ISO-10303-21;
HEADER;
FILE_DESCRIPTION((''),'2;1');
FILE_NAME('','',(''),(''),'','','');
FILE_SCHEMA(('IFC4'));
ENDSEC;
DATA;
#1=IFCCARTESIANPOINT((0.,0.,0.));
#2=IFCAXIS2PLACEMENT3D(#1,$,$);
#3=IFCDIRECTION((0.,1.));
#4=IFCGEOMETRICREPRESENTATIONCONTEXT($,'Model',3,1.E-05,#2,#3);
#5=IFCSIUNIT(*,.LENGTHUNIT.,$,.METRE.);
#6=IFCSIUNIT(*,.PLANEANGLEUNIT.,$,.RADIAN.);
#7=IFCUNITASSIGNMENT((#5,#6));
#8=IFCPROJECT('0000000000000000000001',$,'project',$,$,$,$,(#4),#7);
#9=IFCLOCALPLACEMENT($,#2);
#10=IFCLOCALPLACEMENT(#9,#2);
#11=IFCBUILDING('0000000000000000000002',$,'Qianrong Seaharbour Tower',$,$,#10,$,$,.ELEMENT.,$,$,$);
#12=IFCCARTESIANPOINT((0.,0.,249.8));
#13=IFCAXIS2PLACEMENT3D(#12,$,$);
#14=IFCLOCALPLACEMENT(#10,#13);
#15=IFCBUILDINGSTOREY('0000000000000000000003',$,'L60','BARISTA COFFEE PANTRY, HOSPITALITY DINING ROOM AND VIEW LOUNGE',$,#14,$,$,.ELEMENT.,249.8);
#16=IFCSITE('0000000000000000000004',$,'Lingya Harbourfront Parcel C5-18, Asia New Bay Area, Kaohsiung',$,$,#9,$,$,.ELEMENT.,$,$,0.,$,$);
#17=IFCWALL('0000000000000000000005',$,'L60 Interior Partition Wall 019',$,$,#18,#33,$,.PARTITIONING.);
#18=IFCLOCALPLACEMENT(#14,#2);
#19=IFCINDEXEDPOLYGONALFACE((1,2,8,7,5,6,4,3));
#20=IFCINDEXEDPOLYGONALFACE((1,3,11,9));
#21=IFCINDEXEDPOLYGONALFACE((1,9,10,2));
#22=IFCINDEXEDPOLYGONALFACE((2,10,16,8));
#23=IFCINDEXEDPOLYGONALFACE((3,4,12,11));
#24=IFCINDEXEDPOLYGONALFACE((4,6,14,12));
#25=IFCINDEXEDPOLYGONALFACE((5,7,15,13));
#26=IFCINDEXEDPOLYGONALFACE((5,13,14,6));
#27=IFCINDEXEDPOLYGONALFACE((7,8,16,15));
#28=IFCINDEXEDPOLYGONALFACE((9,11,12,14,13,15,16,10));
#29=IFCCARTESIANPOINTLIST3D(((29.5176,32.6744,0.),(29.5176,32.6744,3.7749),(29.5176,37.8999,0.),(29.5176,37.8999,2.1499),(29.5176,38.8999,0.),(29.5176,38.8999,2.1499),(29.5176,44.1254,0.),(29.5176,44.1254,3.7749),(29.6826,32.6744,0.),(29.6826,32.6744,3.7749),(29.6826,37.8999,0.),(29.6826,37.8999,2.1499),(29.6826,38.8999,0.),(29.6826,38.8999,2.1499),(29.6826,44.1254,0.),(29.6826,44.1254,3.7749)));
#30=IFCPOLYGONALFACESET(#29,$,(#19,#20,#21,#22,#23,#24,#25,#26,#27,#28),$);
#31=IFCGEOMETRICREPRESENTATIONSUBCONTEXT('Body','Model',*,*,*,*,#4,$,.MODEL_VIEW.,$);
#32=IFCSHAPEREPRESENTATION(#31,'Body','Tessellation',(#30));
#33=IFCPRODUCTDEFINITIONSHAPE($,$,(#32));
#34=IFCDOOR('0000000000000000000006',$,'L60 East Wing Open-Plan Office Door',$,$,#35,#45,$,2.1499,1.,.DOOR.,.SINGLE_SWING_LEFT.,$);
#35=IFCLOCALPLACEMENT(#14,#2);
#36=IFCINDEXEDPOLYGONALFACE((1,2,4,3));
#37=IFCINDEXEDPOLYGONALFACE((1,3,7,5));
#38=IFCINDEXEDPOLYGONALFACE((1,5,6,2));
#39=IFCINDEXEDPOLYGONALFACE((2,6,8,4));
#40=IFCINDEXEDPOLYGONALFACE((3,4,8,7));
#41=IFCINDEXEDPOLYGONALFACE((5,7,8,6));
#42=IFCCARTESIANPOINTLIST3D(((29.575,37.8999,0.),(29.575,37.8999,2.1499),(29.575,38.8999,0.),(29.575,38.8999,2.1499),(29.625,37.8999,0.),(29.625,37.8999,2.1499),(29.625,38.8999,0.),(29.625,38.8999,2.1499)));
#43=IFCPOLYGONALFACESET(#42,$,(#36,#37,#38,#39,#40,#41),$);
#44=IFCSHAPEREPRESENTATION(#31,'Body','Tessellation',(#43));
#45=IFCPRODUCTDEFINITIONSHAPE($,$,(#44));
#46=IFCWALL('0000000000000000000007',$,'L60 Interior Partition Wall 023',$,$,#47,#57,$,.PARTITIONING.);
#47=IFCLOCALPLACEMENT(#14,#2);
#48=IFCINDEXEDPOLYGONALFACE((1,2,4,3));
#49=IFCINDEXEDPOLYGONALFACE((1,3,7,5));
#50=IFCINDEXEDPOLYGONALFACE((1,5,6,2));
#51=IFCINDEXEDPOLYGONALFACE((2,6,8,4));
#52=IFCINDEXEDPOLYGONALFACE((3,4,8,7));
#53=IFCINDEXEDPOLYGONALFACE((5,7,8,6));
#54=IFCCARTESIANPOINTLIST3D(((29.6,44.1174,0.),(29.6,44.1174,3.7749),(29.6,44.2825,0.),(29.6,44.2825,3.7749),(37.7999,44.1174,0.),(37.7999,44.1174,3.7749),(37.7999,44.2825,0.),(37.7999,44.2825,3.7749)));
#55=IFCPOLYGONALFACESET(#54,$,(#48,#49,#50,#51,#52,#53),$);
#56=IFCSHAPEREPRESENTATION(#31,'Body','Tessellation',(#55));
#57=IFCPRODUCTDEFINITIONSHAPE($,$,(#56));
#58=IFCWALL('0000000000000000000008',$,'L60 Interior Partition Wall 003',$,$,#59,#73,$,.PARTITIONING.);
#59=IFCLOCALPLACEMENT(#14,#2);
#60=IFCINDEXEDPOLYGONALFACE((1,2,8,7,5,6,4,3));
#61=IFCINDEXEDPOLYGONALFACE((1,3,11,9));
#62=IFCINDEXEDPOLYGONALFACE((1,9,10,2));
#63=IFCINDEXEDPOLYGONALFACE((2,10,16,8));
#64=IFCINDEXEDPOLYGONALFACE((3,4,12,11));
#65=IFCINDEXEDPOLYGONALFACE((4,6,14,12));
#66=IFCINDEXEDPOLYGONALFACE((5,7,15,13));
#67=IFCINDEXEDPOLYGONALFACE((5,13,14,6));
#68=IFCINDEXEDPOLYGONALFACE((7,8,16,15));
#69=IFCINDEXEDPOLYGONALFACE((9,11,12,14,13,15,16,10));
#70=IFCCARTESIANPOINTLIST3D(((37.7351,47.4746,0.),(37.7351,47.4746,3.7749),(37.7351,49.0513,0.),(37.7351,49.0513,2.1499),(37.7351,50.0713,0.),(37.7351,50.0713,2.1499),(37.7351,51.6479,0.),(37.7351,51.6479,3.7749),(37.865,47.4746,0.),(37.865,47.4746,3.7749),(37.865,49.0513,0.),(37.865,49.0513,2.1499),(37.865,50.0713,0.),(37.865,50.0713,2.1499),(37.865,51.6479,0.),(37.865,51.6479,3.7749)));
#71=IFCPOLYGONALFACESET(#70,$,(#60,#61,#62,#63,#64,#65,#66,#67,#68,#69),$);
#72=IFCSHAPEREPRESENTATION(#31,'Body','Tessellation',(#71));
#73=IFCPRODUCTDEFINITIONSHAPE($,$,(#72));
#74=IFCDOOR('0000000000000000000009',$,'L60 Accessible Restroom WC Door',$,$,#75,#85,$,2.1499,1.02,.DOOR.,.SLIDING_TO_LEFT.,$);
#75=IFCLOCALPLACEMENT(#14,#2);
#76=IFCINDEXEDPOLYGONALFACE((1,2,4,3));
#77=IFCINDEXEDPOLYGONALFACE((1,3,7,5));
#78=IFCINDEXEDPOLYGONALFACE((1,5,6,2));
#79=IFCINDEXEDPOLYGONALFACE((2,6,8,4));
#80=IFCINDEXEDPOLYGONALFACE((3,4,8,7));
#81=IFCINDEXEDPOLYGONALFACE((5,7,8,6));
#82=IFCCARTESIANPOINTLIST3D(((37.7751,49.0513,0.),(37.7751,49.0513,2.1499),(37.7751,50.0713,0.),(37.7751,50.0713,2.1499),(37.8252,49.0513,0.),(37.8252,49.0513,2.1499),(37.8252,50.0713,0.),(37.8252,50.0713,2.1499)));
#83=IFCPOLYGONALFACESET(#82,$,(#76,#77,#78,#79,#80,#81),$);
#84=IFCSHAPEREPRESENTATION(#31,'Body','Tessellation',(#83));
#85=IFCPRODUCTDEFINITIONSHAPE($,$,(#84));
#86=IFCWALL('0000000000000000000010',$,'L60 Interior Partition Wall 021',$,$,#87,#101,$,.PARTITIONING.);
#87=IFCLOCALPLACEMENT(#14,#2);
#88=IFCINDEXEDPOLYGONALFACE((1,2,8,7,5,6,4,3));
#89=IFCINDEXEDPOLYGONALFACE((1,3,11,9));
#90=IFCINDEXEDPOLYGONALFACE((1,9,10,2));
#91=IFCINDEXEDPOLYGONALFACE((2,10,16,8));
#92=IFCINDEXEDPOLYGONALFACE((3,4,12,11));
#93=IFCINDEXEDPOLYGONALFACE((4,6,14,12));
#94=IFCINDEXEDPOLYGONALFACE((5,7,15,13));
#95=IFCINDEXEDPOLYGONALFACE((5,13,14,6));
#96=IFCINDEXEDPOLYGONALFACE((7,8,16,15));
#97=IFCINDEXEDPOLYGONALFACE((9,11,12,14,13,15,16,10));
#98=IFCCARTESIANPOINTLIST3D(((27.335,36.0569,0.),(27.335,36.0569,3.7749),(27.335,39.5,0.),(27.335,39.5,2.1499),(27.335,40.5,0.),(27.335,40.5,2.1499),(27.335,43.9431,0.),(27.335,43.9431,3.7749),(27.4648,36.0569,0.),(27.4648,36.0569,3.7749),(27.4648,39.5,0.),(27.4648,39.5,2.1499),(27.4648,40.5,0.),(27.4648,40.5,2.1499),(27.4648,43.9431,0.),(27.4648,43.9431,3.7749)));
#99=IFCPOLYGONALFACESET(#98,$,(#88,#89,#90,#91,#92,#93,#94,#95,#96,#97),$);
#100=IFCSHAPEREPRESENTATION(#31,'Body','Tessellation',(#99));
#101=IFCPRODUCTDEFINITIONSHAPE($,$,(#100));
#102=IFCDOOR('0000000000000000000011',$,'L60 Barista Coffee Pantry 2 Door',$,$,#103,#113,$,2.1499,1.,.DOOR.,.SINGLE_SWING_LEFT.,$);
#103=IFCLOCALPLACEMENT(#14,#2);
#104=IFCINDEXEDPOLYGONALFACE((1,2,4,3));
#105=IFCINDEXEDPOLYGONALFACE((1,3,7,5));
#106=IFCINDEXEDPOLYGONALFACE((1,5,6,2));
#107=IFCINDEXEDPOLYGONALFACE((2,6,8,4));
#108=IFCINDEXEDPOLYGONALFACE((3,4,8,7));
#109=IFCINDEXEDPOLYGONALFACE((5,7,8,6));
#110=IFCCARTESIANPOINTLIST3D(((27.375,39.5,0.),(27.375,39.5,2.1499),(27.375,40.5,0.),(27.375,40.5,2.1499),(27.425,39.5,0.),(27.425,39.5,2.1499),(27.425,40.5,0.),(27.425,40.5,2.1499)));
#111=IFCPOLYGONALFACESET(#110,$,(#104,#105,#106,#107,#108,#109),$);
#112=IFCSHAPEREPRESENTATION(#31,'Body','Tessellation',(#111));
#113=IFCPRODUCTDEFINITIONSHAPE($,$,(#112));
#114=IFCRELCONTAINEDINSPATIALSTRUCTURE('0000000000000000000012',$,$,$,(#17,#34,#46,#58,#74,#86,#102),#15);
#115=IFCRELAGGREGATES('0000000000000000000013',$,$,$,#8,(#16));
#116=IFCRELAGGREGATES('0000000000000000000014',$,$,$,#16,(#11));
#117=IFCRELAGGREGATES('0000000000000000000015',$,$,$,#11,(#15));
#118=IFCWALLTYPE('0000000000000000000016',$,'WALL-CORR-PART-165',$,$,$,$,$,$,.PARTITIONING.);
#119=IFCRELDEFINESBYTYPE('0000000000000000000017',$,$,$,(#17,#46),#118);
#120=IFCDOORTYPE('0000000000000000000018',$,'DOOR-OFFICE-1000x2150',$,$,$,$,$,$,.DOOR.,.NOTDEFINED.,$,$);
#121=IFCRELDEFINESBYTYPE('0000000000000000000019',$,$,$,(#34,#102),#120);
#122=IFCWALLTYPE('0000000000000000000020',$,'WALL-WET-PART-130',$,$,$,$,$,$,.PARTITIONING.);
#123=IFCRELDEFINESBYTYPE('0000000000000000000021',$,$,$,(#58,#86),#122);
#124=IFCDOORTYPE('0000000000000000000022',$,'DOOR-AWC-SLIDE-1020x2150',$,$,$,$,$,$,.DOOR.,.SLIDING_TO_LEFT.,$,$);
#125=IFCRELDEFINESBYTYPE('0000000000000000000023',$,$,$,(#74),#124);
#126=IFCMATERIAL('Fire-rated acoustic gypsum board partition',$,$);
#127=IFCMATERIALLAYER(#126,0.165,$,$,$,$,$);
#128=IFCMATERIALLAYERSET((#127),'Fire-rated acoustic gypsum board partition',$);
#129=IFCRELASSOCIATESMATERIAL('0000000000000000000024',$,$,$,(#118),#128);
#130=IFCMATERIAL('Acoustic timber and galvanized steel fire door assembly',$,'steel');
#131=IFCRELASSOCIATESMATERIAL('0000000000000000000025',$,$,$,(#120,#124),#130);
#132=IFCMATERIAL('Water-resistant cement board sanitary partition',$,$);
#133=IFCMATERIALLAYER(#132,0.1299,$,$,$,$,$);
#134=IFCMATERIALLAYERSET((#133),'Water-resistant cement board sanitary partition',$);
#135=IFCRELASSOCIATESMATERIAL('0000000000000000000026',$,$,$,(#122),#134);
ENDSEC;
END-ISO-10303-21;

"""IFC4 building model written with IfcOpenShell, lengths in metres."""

from ifc_helpers import new_model, si_unit, direction, frame, frame_2d, origin, place, context, subcontext, project, spatial, rectangle, extrude, material, layer, layer_set, type_object, element, fill, save


model = new_model("IFC4")

# Units and contexts
model_context = context("Model", 3, precision=1e-05, world=origin(), true_north=direction((0.0, 1.0)))
body_context = subcontext(model_context, "Body", "Model", "MODEL_VIEW")
ifc_project = project(units=[si_unit("LENGTHUNIT", "METRE"), si_unit("PLANEANGLEUNIT", "RADIAN")], contexts=[model_context])

# Site, building, storey
site_placement = place(None, origin())
site = spatial("IfcSite", under=ifc_project, at=site_placement, Name="Lingya Harbourfront Parcel C5-18, Asia New Bay Area, Kaohsiung", CompositionType="ELEMENT", RefElevation=0.0)
building_placement = place(site_placement, origin())
building = spatial("IfcBuilding", under=site, at=building_placement, Name="Qianrong Seaharbour Tower", CompositionType="ELEMENT")
storey_placement = place(building_placement, frame((0.0, 0.0, 249.8)))
storey = spatial("IfcBuildingStorey", under=building, at=storey_placement, Name="L60", Description="BARISTA COFFEE PANTRY, HOSPITALITY DINING ROOM AND VIEW LOUNGE", CompositionType="ELEMENT", Elevation=249.8)

# Wall, opening, door
ifc_material_1 = material(Name="Fire-rated acoustic gypsum board partition")
ifc_layer_1 = layer(ifc_material_1, 0.165)
ifc_layer_set_1 = layer_set([ifc_layer_1], Name="Fire-rated acoustic gypsum board partition")
wall_type_1 = type_object("IfcWallType", Name="WALL-CORR-PART-165", PredefinedType="PARTITIONING", material=ifc_layer_set_1)
ifc_material_2 = material(Name="Acoustic timber and galvanized steel fire door assembly", Category="steel")
wall_1_placement = place(storey_placement, frame((29.6001, 44.1255, 0.0), z_axis=(0.0, 0.0, 1.0), x_axis=(0.0, -1.0, 0.0)))
wall_1 = element("IfcWall", 1, at=wall_1_placement, inside=storey, type_object=wall_type_1, Name="L60 Interior Partition Wall 019", PredefinedType="PARTITIONING", context=body_context, shape_type="SweptSolid", body=[
    extrude(rectangle(XDim=11.4509, YDim=0.165, at=frame_2d((5.7256, 0.0))), origin(), (0.0, 0.0, 1.0), 3.7749),
])
opening_1_placement = place(wall_1_placement, frame((5.2256, 0.0, 0.0)))
opening_1 = element("IfcOpeningElement", 2, at=opening_1_placement, cuts=wall_1, PredefinedType="OPENING", context=body_context, shape_type="SweptSolid", body=[
    extrude(rectangle(XDim=1.0, YDim=2.1499, at=frame_2d((0.5, 1.075))), frame((0.0, 0.0925, 0.0), z_axis=(0.0, -1.0, 0.0), x_axis=(1.0, 0.0, 0.0)), (0.0, 0.0, 1.0), 0.1851),
])
door_type_1 = type_object("IfcDoorType", Name="DOOR-OFFICE-1000x2150", OperationType="NOTDEFINED", PredefinedType="DOOR", material=ifc_material_2)
door_1_placement = place(opening_1_placement, origin())
door_1 = element("IfcDoor", 3, at=door_1_placement, inside=storey, type_object=door_type_1, Name="L60 East Wing Open-Plan Office Door", OperationType="SINGLE_SWING_LEFT", OverallHeight=2.1499, OverallWidth=1.0, PredefinedType="DOOR", context=body_context, shape_type="SweptSolid", body=[
    extrude(rectangle(XDim=1.0, YDim=2.1499, at=frame_2d((0.5, 1.075))), frame((0.0, 0.0249, 0.0), z_axis=(0.0, -1.0, 0.0), x_axis=(1.0, 0.0, 0.0)), (0.0, 0.0, 1.0), 0.05),
])
fill(opening_1, door_1)

# Wall
wall_2_placement = place(storey_placement, frame((37.8, 44.2, 0.0), z_axis=(0.0, 0.0, 1.0), x_axis=(-1.0, 0.0, 0.0)))
element("IfcWall", 4, at=wall_2_placement, inside=storey, type_object=wall_type_1, Name="L60 Interior Partition Wall 023", PredefinedType="PARTITIONING", context=body_context, shape_type="SweptSolid", body=[
    extrude(rectangle(XDim=8.2, YDim=0.165, at=frame_2d((4.1001, 0.0))), origin(), (0.0, 0.0, 1.0), 3.7749),
])

# Walls, openings, doors
ifc_material_3 = material(Name="Water-resistant cement board sanitary partition")
ifc_layer_2 = layer(ifc_material_3, 0.1299)
ifc_layer_set_2 = layer_set([ifc_layer_2], Name="Water-resistant cement board sanitary partition")
wall_type_2 = type_object("IfcWallType", Name="WALL-WET-PART-130", PredefinedType="PARTITIONING", material=ifc_layer_set_2)
wall_3_placement = place(storey_placement, frame((37.8, 47.4746, 0.0), z_axis=(0.0, 0.0, 1.0), x_axis=(0.0, 1.0, 0.0)))
wall_3 = element("IfcWall", 5, at=wall_3_placement, inside=storey, type_object=wall_type_2, Name="L60 Interior Partition Wall 003", PredefinedType="PARTITIONING", context=body_context, shape_type="SweptSolid", body=[
    extrude(rectangle(XDim=4.1733, YDim=0.1299, at=frame_2d((2.0867, 0.0))), origin(), (0.0, 0.0, 1.0), 3.7749),
])
opening_2_placement = place(wall_3_placement, frame((1.5767, 0.0, 0.0)))
opening_2 = element("IfcOpeningElement", 6, at=opening_2_placement, cuts=wall_3, PredefinedType="OPENING", context=body_context, shape_type="SweptSolid", body=[
    extrude(rectangle(XDim=1.02, YDim=2.1499, at=frame_2d((0.51, 1.075))), frame((0.0, 0.075, 0.0), z_axis=(0.0, -1.0, 0.0), x_axis=(1.0, 0.0, 0.0)), (0.0, 0.0, 1.0), 0.1499),
])
door_type_2 = type_object("IfcDoorType", Name="DOOR-AWC-SLIDE-1020x2150", OperationType="SLIDING_TO_LEFT", PredefinedType="DOOR", material=ifc_material_2)
door_2_placement = place(opening_2_placement, origin())
door_2 = element("IfcDoor", 7, at=door_2_placement, inside=storey, type_object=door_type_2, Name="L60 Accessible Restroom WC Door", OperationType="SLIDING_TO_LEFT", OverallHeight=2.1499, OverallWidth=1.02, PredefinedType="DOOR", context=body_context, shape_type="SweptSolid", body=[
    extrude(rectangle(XDim=1.02, YDim=2.1499, at=frame_2d((0.51, 1.075))), frame((0.0, 0.0249, 0.0), z_axis=(0.0, -1.0, 0.0), x_axis=(1.0, 0.0, 0.0)), (0.0, 0.0, 1.0), 0.05),
])
fill(opening_2, door_2)
wall_4_placement = place(storey_placement, frame((27.3999, 36.0569, 0.0), z_axis=(0.0, 0.0, 1.0), x_axis=(0.0, 1.0, 0.0)))
wall_4 = element("IfcWall", 8, at=wall_4_placement, inside=storey, type_object=wall_type_2, Name="L60 Interior Partition Wall 021", PredefinedType="PARTITIONING", context=body_context, shape_type="SweptSolid", body=[
    extrude(rectangle(XDim=7.8862, YDim=0.1299, at=frame_2d((3.9431, 0.0))), origin(), (0.0, 0.0, 1.0), 3.7749),
])
opening_3_placement = place(wall_4_placement, frame((3.4431, 0.0, 0.0)))
opening_3 = element("IfcOpeningElement", 9, at=opening_3_placement, cuts=wall_4, PredefinedType="OPENING", context=body_context, shape_type="SweptSolid", body=[
    extrude(rectangle(XDim=1.0, YDim=2.1499, at=frame_2d((0.5, 1.075))), frame((0.0, 0.075, 0.0), z_axis=(0.0, -1.0, 0.0), x_axis=(1.0, 0.0, 0.0)), (0.0, 0.0, 1.0), 0.1499),
])
door_3_placement = place(opening_3_placement, origin())
door_3 = element("IfcDoor", 10, at=door_3_placement, inside=storey, type_object=door_type_1, Name="L60 Barista Coffee Pantry 2 Door", OperationType="SINGLE_SWING_LEFT", OverallHeight=2.1499, OverallWidth=1.0, PredefinedType="DOOR", context=body_context, shape_type="SweptSolid", body=[
    extrude(rectangle(XDim=1.0, YDim=2.1499, at=frame_2d((0.5, 1.075))), frame((0.0, 0.0249, 0.0), z_axis=(0.0, -1.0, 0.0), x_axis=(1.0, 0.0, 0.0)), (0.0, 0.0, 1.0), 0.05),
])
fill(opening_3, door_3)

save(model, "model.ifc")
